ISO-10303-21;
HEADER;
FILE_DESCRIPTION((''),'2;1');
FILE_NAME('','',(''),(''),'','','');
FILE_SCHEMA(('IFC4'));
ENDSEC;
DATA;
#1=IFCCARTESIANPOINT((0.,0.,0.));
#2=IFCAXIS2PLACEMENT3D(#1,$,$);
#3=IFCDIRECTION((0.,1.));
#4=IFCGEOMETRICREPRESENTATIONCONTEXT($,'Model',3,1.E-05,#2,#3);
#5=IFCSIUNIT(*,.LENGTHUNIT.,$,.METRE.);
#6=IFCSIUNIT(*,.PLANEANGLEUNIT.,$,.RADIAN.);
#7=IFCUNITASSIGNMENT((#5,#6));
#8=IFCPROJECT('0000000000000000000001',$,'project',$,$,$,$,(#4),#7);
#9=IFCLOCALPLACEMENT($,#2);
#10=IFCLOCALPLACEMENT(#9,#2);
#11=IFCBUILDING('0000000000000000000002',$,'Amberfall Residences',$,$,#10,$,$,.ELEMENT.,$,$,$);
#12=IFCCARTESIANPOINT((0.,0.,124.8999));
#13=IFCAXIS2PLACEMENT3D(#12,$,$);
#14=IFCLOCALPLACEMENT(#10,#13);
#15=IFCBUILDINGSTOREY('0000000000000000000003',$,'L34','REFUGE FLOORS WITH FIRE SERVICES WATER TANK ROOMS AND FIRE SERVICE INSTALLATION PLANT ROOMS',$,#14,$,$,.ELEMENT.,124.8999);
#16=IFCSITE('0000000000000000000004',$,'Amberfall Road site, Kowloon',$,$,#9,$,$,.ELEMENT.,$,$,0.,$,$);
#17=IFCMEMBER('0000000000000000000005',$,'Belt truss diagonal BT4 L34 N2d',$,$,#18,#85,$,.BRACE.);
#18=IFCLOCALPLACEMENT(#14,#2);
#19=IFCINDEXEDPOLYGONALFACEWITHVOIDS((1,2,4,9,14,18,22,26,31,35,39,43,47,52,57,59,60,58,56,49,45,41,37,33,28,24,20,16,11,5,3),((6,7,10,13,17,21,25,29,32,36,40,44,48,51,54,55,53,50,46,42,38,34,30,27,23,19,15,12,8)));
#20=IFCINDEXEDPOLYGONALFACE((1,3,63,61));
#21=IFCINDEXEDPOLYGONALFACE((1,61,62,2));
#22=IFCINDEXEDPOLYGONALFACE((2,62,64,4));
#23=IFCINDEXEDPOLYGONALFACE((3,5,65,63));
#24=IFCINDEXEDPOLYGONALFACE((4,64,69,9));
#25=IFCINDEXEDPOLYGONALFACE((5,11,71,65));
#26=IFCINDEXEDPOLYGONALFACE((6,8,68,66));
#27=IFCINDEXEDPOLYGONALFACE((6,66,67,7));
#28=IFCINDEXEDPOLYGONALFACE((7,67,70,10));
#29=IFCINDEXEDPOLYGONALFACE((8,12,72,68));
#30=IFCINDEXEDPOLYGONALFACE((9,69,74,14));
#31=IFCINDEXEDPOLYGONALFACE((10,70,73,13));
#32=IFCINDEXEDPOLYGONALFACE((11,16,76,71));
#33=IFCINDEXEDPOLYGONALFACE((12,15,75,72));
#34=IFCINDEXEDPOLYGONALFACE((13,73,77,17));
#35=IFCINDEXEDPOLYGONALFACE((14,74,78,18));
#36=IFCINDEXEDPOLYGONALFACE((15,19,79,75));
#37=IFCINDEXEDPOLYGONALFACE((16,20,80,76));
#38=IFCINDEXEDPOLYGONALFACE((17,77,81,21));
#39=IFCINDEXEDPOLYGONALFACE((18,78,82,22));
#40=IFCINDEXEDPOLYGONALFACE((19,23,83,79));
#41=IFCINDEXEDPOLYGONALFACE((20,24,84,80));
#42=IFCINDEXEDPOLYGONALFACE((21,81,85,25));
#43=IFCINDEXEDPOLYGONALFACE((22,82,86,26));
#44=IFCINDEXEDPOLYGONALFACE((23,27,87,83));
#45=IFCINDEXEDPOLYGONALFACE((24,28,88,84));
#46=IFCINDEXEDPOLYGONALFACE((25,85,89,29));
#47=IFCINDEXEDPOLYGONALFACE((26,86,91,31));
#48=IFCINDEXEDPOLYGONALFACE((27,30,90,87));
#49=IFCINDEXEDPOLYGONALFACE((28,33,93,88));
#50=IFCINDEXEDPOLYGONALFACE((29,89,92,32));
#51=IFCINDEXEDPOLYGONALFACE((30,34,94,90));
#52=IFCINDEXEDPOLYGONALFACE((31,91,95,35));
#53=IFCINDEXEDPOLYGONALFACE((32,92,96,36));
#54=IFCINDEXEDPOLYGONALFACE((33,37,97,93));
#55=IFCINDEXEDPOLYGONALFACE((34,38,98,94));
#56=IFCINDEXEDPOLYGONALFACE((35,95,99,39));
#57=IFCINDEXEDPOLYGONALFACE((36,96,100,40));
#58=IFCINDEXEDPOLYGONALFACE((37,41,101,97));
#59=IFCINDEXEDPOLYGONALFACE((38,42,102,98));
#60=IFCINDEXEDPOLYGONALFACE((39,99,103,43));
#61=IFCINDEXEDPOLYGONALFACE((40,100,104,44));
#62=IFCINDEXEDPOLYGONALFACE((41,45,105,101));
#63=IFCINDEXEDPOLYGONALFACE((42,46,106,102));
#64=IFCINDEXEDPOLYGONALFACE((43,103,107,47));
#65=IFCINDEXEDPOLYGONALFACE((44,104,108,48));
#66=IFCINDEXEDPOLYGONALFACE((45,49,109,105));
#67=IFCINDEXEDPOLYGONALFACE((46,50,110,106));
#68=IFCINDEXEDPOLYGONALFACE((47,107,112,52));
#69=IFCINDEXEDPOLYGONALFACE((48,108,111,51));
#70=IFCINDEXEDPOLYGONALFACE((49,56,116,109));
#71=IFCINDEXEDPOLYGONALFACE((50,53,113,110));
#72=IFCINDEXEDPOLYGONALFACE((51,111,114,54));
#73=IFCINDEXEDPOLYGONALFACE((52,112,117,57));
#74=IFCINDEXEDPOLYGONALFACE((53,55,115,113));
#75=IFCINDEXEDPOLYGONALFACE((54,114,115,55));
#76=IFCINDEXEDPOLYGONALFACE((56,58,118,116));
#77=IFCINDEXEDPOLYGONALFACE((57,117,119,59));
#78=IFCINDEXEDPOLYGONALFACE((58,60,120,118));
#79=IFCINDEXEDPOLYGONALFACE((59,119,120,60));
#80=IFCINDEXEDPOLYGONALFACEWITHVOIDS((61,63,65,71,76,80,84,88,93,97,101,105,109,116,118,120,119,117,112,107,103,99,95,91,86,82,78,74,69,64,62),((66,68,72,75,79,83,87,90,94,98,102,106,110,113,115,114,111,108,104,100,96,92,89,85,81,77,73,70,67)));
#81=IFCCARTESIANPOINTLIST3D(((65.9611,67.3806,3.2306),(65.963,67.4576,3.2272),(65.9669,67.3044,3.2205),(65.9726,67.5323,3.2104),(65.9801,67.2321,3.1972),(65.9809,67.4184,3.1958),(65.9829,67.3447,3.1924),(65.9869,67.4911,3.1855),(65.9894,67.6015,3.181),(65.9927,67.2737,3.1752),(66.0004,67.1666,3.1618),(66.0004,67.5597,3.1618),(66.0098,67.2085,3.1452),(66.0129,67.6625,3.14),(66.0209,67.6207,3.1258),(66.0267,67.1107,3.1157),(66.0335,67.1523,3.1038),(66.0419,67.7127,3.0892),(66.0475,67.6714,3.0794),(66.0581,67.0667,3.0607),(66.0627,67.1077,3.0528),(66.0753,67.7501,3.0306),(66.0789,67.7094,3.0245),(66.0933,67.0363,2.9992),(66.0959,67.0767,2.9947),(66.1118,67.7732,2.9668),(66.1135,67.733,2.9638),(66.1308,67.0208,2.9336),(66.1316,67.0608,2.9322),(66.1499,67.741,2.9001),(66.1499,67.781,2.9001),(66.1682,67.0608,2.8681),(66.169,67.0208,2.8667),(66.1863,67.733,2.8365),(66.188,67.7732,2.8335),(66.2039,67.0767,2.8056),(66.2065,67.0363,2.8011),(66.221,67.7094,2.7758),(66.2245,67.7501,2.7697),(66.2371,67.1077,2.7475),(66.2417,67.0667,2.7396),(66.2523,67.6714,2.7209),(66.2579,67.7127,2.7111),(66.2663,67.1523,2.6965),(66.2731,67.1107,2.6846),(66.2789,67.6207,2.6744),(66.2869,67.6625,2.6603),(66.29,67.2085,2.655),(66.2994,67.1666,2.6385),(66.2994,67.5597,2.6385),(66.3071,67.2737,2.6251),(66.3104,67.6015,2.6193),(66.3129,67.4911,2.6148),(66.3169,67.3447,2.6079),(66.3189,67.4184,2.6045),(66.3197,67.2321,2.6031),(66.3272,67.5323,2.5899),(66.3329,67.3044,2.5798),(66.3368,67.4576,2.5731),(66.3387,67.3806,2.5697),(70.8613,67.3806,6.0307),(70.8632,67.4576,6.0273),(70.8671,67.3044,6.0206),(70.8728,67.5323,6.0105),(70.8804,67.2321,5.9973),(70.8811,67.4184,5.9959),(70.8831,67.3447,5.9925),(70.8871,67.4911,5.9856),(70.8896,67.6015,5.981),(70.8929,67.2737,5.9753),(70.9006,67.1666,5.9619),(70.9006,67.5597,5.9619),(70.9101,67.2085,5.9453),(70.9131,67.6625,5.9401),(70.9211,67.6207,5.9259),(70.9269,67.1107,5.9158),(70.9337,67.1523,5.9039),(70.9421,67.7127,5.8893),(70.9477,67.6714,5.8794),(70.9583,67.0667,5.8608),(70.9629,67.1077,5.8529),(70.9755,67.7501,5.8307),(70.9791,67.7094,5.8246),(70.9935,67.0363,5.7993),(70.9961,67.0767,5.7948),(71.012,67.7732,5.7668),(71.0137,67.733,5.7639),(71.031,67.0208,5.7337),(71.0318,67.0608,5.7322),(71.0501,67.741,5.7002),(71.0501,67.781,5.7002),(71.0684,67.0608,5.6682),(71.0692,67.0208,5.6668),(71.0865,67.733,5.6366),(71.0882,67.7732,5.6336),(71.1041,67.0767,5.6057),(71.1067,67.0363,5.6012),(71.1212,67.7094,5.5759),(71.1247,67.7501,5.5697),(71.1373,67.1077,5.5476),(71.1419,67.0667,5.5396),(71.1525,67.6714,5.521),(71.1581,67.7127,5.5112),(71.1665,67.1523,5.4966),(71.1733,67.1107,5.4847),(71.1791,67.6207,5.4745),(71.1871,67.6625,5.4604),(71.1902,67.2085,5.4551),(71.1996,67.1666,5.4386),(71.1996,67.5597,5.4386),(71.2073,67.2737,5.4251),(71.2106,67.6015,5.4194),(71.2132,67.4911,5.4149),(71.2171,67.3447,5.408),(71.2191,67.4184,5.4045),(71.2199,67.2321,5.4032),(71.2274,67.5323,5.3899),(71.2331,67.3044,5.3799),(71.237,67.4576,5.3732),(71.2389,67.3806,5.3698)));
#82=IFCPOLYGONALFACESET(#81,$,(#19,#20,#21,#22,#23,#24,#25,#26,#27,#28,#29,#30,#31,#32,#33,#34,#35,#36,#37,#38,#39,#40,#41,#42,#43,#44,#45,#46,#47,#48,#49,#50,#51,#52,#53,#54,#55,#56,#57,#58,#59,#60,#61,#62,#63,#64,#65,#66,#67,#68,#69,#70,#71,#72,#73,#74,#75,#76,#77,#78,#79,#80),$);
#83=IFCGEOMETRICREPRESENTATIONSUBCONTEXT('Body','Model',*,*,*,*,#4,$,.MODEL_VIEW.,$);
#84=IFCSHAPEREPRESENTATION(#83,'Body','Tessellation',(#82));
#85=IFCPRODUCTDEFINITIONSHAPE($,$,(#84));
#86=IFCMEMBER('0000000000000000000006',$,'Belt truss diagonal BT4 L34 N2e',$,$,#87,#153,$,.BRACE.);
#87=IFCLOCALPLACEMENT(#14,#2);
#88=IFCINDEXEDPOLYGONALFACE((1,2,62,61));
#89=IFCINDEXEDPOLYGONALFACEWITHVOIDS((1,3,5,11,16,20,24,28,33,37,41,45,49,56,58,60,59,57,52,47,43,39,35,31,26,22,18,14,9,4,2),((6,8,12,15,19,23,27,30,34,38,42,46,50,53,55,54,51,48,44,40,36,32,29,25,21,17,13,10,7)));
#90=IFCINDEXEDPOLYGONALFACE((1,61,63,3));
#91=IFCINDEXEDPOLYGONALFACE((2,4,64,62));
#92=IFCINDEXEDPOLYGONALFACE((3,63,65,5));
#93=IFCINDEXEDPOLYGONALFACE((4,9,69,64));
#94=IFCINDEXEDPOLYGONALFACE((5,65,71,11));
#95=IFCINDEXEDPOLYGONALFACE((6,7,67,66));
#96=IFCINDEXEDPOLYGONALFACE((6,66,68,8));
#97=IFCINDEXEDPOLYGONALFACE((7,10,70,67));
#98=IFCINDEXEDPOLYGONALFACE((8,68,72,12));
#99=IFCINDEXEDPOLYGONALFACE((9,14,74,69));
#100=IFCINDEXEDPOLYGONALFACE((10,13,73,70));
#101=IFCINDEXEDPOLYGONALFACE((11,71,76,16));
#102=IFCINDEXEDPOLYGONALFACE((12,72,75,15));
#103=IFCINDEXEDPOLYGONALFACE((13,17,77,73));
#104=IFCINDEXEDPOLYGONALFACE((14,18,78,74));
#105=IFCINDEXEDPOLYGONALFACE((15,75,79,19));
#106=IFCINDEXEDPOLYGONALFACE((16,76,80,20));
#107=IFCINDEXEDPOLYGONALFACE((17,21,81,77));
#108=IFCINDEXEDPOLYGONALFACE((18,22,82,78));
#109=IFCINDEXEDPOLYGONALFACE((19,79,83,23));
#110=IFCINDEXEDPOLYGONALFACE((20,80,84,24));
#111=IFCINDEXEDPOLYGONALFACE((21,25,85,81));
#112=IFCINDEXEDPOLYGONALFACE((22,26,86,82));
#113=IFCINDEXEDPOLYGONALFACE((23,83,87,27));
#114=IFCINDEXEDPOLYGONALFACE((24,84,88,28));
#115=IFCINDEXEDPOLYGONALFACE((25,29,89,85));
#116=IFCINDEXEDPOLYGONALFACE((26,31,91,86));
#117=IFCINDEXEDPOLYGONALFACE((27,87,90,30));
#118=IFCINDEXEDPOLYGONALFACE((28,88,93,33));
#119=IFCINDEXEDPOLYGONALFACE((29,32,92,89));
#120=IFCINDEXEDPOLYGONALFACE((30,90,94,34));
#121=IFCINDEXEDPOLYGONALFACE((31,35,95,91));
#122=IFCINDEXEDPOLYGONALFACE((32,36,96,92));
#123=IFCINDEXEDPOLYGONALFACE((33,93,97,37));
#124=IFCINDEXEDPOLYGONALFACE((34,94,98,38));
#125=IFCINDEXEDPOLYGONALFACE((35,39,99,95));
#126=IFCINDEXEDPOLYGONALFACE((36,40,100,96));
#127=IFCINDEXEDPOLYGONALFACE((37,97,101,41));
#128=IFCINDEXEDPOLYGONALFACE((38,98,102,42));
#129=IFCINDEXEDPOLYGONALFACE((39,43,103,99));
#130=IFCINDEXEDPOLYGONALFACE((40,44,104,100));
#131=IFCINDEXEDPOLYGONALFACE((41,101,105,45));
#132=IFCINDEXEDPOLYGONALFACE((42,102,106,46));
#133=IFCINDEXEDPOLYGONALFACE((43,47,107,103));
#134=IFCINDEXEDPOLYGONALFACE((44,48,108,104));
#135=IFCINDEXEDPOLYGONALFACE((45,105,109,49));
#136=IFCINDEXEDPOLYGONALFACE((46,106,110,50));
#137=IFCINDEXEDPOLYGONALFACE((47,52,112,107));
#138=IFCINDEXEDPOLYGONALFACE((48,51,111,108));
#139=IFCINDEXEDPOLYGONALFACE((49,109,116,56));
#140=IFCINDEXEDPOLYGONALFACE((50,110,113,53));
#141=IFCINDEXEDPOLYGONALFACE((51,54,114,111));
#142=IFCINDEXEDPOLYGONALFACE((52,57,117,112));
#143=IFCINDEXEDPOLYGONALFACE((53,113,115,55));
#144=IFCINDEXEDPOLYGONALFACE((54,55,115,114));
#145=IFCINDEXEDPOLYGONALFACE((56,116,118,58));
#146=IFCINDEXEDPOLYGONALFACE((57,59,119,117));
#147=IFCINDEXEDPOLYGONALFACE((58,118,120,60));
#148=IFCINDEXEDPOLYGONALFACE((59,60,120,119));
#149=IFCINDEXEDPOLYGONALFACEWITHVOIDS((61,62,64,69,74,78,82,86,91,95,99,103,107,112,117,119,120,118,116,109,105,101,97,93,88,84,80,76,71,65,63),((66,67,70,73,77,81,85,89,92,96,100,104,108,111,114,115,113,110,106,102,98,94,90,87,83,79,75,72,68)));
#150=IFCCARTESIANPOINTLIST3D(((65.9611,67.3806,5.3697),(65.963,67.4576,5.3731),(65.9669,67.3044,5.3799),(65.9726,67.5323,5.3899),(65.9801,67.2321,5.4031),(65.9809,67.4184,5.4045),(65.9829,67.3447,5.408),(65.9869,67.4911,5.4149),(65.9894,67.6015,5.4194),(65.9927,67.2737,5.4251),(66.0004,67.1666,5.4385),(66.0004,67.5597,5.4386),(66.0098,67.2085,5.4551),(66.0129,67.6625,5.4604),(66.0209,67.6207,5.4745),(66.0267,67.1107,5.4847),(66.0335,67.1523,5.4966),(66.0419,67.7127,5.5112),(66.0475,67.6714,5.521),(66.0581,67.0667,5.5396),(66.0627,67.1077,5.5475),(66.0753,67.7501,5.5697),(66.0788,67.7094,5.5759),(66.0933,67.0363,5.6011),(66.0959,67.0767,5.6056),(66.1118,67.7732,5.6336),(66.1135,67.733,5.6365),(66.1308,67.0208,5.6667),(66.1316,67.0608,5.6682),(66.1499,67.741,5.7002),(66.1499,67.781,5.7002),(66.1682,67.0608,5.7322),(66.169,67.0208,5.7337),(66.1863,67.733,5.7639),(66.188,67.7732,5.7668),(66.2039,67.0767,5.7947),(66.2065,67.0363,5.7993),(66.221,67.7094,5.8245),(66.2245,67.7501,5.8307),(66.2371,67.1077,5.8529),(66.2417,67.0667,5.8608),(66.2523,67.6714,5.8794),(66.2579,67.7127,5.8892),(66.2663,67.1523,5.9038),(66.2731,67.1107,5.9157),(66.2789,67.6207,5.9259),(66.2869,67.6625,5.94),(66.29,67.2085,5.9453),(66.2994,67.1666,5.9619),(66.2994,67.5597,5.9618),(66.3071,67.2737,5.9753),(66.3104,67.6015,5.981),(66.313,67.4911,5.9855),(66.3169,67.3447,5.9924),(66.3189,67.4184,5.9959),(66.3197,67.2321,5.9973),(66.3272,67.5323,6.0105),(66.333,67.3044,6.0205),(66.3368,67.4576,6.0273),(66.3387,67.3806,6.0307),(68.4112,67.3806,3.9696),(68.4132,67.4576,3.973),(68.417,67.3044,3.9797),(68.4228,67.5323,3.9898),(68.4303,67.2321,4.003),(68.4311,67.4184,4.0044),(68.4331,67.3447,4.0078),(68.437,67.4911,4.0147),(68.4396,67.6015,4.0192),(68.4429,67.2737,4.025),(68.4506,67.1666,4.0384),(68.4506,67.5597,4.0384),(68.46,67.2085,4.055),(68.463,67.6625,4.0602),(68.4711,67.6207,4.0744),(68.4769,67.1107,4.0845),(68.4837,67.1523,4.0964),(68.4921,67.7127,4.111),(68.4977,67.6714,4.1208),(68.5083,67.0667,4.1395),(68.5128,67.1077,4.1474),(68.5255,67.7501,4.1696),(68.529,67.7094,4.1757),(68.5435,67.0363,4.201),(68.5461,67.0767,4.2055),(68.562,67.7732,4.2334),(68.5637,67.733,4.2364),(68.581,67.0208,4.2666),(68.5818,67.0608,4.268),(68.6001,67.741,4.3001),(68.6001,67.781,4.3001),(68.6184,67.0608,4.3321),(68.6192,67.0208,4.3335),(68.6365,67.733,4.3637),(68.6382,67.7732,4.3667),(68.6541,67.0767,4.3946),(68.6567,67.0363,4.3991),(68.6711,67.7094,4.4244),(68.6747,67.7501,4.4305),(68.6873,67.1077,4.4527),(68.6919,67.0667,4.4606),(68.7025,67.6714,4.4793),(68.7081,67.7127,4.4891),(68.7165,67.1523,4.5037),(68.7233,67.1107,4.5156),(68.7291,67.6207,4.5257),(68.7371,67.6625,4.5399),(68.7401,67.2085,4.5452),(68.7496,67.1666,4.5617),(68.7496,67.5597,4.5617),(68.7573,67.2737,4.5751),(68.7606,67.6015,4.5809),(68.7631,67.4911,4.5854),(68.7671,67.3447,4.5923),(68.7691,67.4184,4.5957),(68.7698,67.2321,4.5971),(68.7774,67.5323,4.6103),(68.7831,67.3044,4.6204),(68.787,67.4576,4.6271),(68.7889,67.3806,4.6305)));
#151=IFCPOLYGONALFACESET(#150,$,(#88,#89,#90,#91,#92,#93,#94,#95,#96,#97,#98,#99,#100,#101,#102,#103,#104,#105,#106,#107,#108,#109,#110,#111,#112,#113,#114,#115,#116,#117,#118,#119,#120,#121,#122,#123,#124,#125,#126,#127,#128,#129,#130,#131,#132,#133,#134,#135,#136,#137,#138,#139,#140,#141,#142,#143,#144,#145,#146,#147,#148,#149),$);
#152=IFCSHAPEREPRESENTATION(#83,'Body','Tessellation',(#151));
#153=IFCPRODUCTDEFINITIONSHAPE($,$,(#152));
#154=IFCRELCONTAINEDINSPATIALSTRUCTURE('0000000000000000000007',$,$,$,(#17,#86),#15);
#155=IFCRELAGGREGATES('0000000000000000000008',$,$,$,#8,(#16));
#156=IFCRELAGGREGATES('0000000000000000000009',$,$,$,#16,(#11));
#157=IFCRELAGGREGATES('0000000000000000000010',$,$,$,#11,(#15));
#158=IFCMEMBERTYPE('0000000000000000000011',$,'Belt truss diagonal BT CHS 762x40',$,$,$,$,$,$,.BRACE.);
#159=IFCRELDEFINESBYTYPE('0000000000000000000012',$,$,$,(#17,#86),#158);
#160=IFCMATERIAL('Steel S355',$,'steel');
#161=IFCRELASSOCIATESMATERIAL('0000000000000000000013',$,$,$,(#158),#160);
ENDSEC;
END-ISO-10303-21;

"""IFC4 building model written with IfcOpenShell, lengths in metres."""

from ifc_helpers import new_model, si_unit, direction, frame, origin, origin_2d, place, context, subcontext, project, spatial, hollow_circle, extrude, material, material_profile, profile_set, type_object, element, save


model = new_model("IFC4")

# Units and contexts
model_context = context("Model", 3, precision=1e-05, world=origin(), true_north=direction((0.0, 1.0)))
body_context = subcontext(model_context, "Body", "Model", "MODEL_VIEW")
ifc_project = project(units=[si_unit("LENGTHUNIT", "METRE"), si_unit("PLANEANGLEUNIT", "RADIAN")], contexts=[model_context])

# Site, building, storey
site_placement = place(None, origin())
site = spatial("IfcSite", under=ifc_project, at=site_placement, Name="Amberfall Road site, Kowloon", CompositionType="ELEMENT", RefElevation=0.0)
building_placement = place(site_placement, origin())
building = spatial("IfcBuilding", under=site, at=building_placement, Name="Amberfall Residences", CompositionType="ELEMENT")
storey_placement = place(building_placement, frame((0.0, 0.0, 124.8999)))
storey = spatial("IfcBuildingStorey", under=building, at=storey_placement, Name="L34", Description="REFUGE FLOORS WITH FIRE SERVICES WATER TANK ROOMS AND FIRE SERVICE INSTALLATION PLANT ROOMS", CompositionType="ELEMENT", Elevation=124.8999)

# Shared definitions
ifc_material_1 = material(Name="Steel S355", Category="steel")

# Members
ifc_material_profile_1 = material_profile(ifc_material_1, hollow_circle(Radius=0.3811, WallThickness=0.04, at=origin_2d()), Name="CHS 762x40")
ifc_profile_set_1 = profile_set([ifc_material_profile_1], Name="Steel S355")
member_type = type_object("IfcMemberType", Name="Belt truss diagonal BT CHS 762x40", PredefinedType="BRACE", material=ifc_profile_set_1)
member_1_placement = place(storey_placement, frame((66.1499, 67.3999, 2.9001), z_axis=(0.868246, 0.0, 0.496134), x_axis=(0.0, 1.0, 0.0)))
element("IfcMember", 1, at=member_1_placement, inside=storey, type_object=member_type, Name="Belt truss diagonal BT4 L34 N2d", PredefinedType="BRACE", context=body_context, shape_type="SweptSolid", body=[
    extrude(hollow_circle(Radius=0.3811, WallThickness=0.04, at=origin_2d()), origin(), (0.0, 0.0, 1.0), 5.6438),
])
member_2_placement = place(storey_placement, frame((66.1499, 67.3999, 5.7002), z_axis=(0.868238, 0.0, -0.496148), x_axis=(0.0, 1.0, 0.0)))
element("IfcMember", 2, at=member_2_placement, inside=storey, type_object=member_type, Name="Belt truss diagonal BT4 L34 N2e", PredefinedType="BRACE", context=body_context, shape_type="SweptSolid", body=[
    extrude(hollow_circle(Radius=0.3811, WallThickness=0.04, at=origin_2d()), origin(), (0.0, 0.0, 1.0), 2.822),
])

save(model, "model.ifc")
